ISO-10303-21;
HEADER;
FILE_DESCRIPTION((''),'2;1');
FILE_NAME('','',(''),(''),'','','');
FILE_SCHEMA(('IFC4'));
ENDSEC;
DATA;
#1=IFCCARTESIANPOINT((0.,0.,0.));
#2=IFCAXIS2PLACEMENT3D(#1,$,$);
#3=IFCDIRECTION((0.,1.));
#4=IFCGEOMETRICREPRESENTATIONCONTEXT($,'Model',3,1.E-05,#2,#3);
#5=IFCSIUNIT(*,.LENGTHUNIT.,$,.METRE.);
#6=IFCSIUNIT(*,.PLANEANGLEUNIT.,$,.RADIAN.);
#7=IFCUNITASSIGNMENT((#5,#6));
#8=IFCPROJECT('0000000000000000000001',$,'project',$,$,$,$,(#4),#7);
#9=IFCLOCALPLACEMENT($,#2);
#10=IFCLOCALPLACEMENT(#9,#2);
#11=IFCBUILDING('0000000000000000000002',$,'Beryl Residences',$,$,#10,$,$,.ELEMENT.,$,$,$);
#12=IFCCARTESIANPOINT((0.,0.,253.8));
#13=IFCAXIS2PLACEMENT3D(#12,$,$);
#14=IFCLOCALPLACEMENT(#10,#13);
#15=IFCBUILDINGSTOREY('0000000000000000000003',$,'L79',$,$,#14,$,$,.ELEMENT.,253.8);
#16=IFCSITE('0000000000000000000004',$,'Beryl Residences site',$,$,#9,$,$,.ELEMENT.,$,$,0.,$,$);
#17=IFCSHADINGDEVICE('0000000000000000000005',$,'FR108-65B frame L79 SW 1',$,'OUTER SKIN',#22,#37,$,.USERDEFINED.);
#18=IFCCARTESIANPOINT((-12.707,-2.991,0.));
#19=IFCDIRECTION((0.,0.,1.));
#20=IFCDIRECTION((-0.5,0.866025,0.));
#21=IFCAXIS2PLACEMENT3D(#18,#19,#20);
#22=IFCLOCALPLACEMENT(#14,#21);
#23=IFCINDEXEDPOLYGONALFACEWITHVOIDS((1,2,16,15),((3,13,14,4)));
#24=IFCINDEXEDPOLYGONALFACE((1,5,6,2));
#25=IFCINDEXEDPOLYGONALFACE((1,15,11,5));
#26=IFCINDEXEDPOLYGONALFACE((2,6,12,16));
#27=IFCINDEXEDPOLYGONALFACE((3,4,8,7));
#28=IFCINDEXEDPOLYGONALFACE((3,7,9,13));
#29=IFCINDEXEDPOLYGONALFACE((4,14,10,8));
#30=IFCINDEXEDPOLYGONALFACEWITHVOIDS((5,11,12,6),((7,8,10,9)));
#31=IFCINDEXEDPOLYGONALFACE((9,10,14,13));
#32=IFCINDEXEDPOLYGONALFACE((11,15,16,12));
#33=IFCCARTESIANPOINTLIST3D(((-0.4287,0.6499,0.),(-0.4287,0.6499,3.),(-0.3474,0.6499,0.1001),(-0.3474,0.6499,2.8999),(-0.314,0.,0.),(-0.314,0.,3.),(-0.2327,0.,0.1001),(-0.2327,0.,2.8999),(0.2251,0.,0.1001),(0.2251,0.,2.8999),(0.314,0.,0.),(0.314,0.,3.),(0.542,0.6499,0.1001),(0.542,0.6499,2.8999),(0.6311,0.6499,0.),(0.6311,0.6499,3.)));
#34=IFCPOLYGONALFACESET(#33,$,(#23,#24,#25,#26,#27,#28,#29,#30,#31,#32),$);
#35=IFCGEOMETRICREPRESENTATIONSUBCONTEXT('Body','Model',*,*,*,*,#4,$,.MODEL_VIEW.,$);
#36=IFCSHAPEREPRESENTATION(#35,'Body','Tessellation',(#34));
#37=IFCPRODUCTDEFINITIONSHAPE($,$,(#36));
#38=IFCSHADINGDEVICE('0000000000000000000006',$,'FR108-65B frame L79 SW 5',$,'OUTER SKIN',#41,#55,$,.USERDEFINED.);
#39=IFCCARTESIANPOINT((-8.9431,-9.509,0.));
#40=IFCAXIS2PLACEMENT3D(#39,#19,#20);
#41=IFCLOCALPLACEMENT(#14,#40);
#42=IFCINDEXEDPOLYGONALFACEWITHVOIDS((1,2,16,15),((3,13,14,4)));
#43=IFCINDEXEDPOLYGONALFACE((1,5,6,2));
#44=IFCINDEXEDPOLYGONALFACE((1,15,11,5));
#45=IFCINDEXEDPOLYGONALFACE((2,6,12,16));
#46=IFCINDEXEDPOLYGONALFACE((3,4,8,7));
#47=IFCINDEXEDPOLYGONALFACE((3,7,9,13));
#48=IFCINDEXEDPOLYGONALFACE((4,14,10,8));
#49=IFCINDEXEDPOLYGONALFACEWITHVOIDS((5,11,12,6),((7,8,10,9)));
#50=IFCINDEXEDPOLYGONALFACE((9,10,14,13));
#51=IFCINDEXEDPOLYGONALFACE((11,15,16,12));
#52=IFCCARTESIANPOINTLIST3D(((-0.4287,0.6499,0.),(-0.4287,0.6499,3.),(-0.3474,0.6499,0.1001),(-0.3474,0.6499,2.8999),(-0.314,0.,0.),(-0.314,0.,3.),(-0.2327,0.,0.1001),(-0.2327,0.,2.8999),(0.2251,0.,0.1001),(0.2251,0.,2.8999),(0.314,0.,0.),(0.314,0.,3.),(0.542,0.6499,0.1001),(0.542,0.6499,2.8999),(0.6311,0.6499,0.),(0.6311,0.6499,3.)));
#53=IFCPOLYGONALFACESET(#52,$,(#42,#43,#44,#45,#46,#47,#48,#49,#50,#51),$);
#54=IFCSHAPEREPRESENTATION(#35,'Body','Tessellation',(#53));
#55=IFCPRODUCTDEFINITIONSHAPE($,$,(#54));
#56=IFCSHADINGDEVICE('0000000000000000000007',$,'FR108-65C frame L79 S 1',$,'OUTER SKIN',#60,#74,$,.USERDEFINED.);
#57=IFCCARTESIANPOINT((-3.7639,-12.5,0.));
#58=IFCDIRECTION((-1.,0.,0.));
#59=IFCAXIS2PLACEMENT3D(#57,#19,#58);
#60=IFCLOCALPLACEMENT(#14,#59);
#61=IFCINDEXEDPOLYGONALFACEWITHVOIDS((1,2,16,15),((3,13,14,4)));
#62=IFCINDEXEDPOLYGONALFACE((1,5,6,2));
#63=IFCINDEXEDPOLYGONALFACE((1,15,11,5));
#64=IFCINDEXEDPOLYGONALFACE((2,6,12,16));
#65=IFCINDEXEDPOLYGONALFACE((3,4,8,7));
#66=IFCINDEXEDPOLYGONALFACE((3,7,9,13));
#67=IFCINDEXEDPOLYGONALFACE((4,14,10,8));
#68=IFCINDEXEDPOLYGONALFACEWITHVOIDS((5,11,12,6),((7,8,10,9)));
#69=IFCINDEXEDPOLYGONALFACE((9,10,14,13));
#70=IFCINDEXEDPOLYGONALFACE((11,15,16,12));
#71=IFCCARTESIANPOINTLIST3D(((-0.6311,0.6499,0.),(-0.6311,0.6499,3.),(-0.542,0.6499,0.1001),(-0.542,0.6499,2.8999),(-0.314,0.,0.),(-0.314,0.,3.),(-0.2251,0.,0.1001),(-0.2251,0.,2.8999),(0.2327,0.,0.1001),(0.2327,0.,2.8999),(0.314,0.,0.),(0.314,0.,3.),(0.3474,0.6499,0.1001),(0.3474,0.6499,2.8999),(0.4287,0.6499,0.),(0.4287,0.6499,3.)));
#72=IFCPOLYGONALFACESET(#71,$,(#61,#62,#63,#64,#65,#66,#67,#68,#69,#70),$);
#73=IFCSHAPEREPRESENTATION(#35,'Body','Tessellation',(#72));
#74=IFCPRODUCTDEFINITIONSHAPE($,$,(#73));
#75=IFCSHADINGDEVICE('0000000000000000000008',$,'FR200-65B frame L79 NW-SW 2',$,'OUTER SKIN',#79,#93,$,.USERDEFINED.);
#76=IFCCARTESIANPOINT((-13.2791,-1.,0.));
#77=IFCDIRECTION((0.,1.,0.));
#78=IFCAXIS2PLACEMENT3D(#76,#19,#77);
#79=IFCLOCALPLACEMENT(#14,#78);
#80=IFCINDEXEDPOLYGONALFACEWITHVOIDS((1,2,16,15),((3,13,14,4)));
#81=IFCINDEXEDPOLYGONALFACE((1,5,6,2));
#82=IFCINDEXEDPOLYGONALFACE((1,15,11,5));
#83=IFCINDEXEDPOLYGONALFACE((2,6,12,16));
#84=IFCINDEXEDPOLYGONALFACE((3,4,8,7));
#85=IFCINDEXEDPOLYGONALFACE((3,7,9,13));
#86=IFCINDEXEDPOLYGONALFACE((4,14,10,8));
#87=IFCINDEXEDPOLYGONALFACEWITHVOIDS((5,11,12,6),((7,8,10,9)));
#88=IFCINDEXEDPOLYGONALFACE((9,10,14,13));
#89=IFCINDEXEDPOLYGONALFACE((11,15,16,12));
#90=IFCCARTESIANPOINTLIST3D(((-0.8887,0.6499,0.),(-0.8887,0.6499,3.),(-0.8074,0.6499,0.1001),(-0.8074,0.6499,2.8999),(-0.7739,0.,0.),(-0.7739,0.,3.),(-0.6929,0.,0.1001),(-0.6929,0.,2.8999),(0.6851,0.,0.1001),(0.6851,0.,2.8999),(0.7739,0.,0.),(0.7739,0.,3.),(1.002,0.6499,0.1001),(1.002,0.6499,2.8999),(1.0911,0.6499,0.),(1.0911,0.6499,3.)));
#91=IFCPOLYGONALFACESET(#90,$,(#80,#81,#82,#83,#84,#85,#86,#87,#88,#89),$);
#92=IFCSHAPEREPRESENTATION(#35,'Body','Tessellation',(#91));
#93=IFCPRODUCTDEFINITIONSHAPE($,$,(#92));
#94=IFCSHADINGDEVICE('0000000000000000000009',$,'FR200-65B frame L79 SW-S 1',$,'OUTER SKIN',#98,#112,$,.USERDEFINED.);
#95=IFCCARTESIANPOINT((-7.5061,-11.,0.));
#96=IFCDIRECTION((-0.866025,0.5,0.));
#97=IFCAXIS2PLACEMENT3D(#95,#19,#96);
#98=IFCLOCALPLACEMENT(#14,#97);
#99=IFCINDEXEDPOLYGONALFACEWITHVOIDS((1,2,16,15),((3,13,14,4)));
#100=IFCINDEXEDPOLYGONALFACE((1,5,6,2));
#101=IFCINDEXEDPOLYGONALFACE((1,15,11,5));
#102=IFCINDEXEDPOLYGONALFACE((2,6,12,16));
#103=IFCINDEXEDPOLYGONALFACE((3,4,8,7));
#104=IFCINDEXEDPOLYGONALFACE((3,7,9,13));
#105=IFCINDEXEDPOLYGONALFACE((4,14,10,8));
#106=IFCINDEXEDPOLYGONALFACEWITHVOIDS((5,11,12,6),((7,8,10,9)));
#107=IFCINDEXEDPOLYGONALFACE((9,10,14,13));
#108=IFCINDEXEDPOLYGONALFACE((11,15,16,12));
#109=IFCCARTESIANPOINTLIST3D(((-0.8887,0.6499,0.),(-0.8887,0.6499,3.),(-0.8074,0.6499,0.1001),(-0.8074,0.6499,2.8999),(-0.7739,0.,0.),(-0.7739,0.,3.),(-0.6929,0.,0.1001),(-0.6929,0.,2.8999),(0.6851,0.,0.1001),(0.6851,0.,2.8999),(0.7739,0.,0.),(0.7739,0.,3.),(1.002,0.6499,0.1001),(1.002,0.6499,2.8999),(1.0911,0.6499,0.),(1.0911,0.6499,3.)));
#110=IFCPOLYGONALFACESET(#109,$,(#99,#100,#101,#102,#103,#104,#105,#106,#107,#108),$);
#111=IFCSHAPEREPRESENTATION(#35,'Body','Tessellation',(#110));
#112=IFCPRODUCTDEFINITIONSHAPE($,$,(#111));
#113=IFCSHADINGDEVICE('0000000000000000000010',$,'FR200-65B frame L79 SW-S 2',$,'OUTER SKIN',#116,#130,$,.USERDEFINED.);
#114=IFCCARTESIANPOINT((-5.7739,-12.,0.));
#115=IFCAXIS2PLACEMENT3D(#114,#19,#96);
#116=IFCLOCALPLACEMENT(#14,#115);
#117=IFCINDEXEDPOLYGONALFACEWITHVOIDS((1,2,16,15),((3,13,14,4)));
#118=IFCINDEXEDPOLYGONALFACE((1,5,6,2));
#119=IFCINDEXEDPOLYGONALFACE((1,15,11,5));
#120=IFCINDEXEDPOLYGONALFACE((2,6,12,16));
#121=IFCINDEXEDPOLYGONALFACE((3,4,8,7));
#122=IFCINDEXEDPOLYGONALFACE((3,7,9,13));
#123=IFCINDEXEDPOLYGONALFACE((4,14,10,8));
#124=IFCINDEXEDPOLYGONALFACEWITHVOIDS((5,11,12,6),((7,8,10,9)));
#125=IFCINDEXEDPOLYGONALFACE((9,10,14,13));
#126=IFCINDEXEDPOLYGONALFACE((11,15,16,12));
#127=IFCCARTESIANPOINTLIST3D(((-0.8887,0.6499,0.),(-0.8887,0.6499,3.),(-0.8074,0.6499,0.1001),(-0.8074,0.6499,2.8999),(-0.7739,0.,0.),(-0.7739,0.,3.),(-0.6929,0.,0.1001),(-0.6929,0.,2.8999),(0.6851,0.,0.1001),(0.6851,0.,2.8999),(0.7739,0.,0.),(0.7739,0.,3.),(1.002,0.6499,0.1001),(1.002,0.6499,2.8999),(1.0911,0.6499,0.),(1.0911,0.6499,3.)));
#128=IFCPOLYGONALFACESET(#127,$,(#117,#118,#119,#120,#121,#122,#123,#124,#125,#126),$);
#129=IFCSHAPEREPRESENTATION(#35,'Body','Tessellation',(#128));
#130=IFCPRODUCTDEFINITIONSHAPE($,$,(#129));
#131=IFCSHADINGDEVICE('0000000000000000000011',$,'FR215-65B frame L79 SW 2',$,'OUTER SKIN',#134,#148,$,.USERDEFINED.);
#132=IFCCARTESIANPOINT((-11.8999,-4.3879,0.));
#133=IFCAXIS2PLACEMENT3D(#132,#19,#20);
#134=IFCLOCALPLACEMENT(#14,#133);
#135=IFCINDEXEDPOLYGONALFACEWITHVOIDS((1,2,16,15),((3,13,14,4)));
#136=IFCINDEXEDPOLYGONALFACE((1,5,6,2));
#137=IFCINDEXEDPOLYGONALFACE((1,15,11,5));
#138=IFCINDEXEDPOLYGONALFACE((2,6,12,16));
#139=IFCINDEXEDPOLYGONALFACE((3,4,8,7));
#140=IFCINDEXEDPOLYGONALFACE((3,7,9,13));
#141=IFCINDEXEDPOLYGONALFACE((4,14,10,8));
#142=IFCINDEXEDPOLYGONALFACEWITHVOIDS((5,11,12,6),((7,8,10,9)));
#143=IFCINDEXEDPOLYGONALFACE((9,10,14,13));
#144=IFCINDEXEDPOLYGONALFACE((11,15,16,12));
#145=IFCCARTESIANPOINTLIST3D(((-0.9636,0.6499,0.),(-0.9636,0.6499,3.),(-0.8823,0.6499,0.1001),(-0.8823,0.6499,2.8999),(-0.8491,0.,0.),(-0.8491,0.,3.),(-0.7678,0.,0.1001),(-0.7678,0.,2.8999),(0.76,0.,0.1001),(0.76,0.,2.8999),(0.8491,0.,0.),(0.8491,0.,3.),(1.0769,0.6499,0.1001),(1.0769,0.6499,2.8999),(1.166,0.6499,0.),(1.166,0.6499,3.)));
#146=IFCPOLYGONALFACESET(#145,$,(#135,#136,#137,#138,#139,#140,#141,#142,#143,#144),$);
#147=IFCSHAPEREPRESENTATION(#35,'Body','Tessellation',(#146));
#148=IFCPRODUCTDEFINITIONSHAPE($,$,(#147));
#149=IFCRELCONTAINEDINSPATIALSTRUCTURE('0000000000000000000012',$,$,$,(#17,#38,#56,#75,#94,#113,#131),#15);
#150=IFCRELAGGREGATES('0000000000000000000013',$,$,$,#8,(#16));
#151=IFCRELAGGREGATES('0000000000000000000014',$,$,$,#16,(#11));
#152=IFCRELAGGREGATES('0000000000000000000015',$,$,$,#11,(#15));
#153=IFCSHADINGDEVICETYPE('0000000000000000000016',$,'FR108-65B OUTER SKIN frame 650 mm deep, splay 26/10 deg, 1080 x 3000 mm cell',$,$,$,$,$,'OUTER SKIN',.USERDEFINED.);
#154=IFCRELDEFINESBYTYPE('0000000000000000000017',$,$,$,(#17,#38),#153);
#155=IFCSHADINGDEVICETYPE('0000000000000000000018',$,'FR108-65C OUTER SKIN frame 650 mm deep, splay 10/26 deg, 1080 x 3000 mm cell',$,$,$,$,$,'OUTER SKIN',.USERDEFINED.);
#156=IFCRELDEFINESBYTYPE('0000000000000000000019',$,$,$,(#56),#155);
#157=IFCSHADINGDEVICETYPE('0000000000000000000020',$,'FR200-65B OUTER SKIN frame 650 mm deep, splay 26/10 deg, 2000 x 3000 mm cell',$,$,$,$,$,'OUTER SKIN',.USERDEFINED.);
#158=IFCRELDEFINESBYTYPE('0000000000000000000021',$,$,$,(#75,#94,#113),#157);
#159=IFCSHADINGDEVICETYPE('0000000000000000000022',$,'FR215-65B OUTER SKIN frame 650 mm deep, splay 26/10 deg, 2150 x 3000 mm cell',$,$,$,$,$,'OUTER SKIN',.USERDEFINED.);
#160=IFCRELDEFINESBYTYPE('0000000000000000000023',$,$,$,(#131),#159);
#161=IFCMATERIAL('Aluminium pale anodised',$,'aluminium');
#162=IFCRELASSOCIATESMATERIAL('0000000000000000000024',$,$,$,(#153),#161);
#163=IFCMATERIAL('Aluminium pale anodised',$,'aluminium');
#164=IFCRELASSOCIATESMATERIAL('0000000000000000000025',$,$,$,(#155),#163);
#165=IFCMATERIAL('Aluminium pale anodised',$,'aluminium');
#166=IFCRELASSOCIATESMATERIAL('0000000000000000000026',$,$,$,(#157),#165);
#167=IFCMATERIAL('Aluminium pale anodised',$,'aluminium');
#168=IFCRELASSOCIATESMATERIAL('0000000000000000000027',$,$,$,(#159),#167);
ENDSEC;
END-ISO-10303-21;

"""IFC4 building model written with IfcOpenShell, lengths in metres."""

from ifc_helpers import new_model, entity, si_unit, direction, frame, origin, place, context, subcontext, project, spatial, source, transform, mapped, material, type_object, type_shapes, element, save


model = new_model("IFC4")

# Units and contexts
model_context = context("Model", 3, precision=1e-05, world=origin(), true_north=direction((0.0, 1.0)))
body_context = subcontext(model_context, "Body", "Model", "MODEL_VIEW")
ifc_project = project(units=[si_unit("LENGTHUNIT", "METRE"), si_unit("PLANEANGLEUNIT", "RADIAN")], contexts=[model_context])

# Site, building, storey
site_placement = place(None, origin())
site = spatial("IfcSite", under=ifc_project, at=site_placement, Name="Beryl Residences site", CompositionType="ELEMENT", RefElevation=0.0)
building_placement = place(site_placement, origin())
building = spatial("IfcBuilding", under=site, at=building_placement, Name="Beryl Residences", CompositionType="ELEMENT")
storey_placement = place(building_placement, frame((0.0, 0.0, 253.8)))
storey = spatial("IfcBuildingStorey", under=building, at=storey_placement, Name="L79", CompositionType="ELEMENT", Elevation=253.8)

# Shading devices
ifc_material_1 = material(Name="Aluminium pale anodised", Category="aluminium")
shading_device_type_1 = type_object("IfcShadingDeviceType", Name="FR108-65B OUTER SKIN frame 650 mm deep, splay 26/10 deg, 1080 x 3000 mm cell", ElementType="OUTER SKIN", PredefinedType="USERDEFINED", material=ifc_material_1)
cartesian_point_1 = entity("IfcCartesianPoint", [-0.314, 0.0])
cartesian_point_2 = entity("IfcCartesianPoint", [-0.2251, 0.1001])
cartesian_point_3 = entity("IfcCartesianPoint", [-0.6311, 0.0])
cartesian_point_4 = entity("IfcCartesianPoint", [-0.542, 0.1001])
shared_shape_1 = source(origin(), body_context, "Body", "SweptSolid", [
    entity("IfcExtrudedAreaSolidTapered", entity("IfcArbitraryProfileDefWithVoids", "AREA", None, entity("IfcPolyline", [cartesian_point_1, entity("IfcCartesianPoint", [0.314, 0.0]), entity("IfcCartesianPoint", [0.314, 3.0]), entity("IfcCartesianPoint", [-0.314, 3.0]), cartesian_point_1]), [entity("IfcPolyline", [cartesian_point_2, entity("IfcCartesianPoint", [0.2327, 0.1001]), entity("IfcCartesianPoint", [0.2327, 2.8999]), entity("IfcCartesianPoint", [-0.2251, 2.8999]), cartesian_point_2])]), entity("IfcAxis2Placement3D", entity("IfcCartesianPoint", [0.0, 0.0, 0.0]), entity("IfcDirection", [0.0, 1.0, 0.0]), entity("IfcDirection", [-1.0, 0.0, 0.0])), entity("IfcDirection", [0.0, 0.0, 1.0]), 0.6499, entity("IfcArbitraryProfileDefWithVoids", "AREA", None, entity("IfcPolyline", [cartesian_point_3, entity("IfcCartesianPoint", [0.4287, 0.0]), entity("IfcCartesianPoint", [0.4287, 3.0]), entity("IfcCartesianPoint", [-0.6311, 3.0]), cartesian_point_3]), [entity("IfcPolyline", [cartesian_point_4, entity("IfcCartesianPoint", [0.3474, 0.1001]), entity("IfcCartesianPoint", [0.3474, 2.8999]), entity("IfcCartesianPoint", [-0.542, 2.8999]), cartesian_point_4])])),
])
type_shapes(shading_device_type_1, [shared_shape_1])
for number, where, z_axis, x_axis, name in (
    (1, (-12.707, -2.991, 0.0), (0.0, 0.0, 1.0), (-0.5, 0.866025, 0.0), "FR108-65B frame L79 SW 1"),
    (2, (-8.9431, -9.509, 0.0), (0.0, 0.0, 1.0), (-0.5, 0.866025, 0.0), "FR108-65B frame L79 SW 5"),
):
    element("IfcShadingDevice", number, at=place(storey_placement, frame(where, z_axis=z_axis, x_axis=x_axis)), inside=storey, type_object=shading_device_type_1, Name=name, ObjectType="OUTER SKIN", PredefinedType="USERDEFINED", context=body_context, shape_type="MappedRepresentation", body=[
        mapped(shared_shape_1, transform((0.0, 0.0, 0.0))),
    ])
ifc_material_2 = material(Name="Aluminium pale anodised", Category="aluminium")
shading_device_type_2 = type_object("IfcShadingDeviceType", Name="FR108-65C OUTER SKIN frame 650 mm deep, splay 10/26 deg, 1080 x 3000 mm cell", ElementType="OUTER SKIN", PredefinedType="USERDEFINED", material=ifc_material_2)
cartesian_point_5 = entity("IfcCartesianPoint", [-0.314, 0.0])
cartesian_point_6 = entity("IfcCartesianPoint", [-0.2327, 0.1001])
cartesian_point_7 = entity("IfcCartesianPoint", [-0.4287, 0.0])
cartesian_point_8 = entity("IfcCartesianPoint", [-0.3474, 0.1001])
shared_shape_2 = source(origin(), body_context, "Body", "SweptSolid", [
    entity("IfcExtrudedAreaSolidTapered", entity("IfcArbitraryProfileDefWithVoids", "AREA", None, entity("IfcPolyline", [cartesian_point_5, entity("IfcCartesianPoint", [0.314, 0.0]), entity("IfcCartesianPoint", [0.314, 3.0]), entity("IfcCartesianPoint", [-0.314, 3.0]), cartesian_point_5]), [entity("IfcPolyline", [cartesian_point_6, entity("IfcCartesianPoint", [0.2251, 0.1001]), entity("IfcCartesianPoint", [0.2251, 2.8999]), entity("IfcCartesianPoint", [-0.2327, 2.8999]), cartesian_point_6])]), entity("IfcAxis2Placement3D", entity("IfcCartesianPoint", [0.0, 0.0, 0.0]), entity("IfcDirection", [0.0, 1.0, 0.0]), entity("IfcDirection", [-1.0, 0.0, 0.0])), entity("IfcDirection", [0.0, 0.0, 1.0]), 0.6499, entity("IfcArbitraryProfileDefWithVoids", "AREA", None, entity("IfcPolyline", [cartesian_point_7, entity("IfcCartesianPoint", [0.6311, 0.0]), entity("IfcCartesianPoint", [0.6311, 3.0]), entity("IfcCartesianPoint", [-0.4287, 3.0]), cartesian_point_7]), [entity("IfcPolyline", [cartesian_point_8, entity("IfcCartesianPoint", [0.542, 0.1001]), entity("IfcCartesianPoint", [0.542, 2.8999]), entity("IfcCartesianPoint", [-0.3474, 2.8999]), cartesian_point_8])])),
])
type_shapes(shading_device_type_2, [shared_shape_2])
shading_device_placement = place(storey_placement, frame((-3.7639, -12.5, 0.0), z_axis=(0.0, 0.0, 1.0), x_axis=(-1.0, 0.0, 0.0)))
element("IfcShadingDevice", 3, at=shading_device_placement, inside=storey, type_object=shading_device_type_2, Name="FR108-65C frame L79 S 1", ObjectType="OUTER SKIN", PredefinedType="USERDEFINED", context=body_context, shape_type="MappedRepresentation", body=[
    mapped(shared_shape_2, transform((0.0, 0.0, 0.0))),
])
ifc_material_3 = material(Name="Aluminium pale anodised", Category="aluminium")
shading_device_type_3 = type_object("IfcShadingDeviceType", Name="FR200-65B OUTER SKIN frame 650 mm deep, splay 26/10 deg, 2000 x 3000 mm cell", ElementType="OUTER SKIN", PredefinedType="USERDEFINED", material=ifc_material_3)
cartesian_point_9 = entity("IfcCartesianPoint", [-0.7739, 0.0])
cartesian_point_10 = entity("IfcCartesianPoint", [-0.6851, 0.1001])
cartesian_point_11 = entity("IfcCartesianPoint", [-1.0911, 0.0])
cartesian_point_12 = entity("IfcCartesianPoint", [-1.002, 0.1001])
shared_shape_3 = source(origin(), body_context, "Body", "SweptSolid", [
    entity("IfcExtrudedAreaSolidTapered", entity("IfcArbitraryProfileDefWithVoids", "AREA", None, entity("IfcPolyline", [cartesian_point_9, entity("IfcCartesianPoint", [0.7739, 0.0]), entity("IfcCartesianPoint", [0.7739, 3.0]), entity("IfcCartesianPoint", [-0.7739, 3.0]), cartesian_point_9]), [entity("IfcPolyline", [cartesian_point_10, entity("IfcCartesianPoint", [0.6929, 0.1001]), entity("IfcCartesianPoint", [0.6929, 2.8999]), entity("IfcCartesianPoint", [-0.6851, 2.8999]), cartesian_point_10])]), entity("IfcAxis2Placement3D", entity("IfcCartesianPoint", [0.0, 0.0, 0.0]), entity("IfcDirection", [0.0, 1.0, 0.0]), entity("IfcDirection", [-1.0, 0.0, 0.0])), entity("IfcDirection", [0.0, 0.0, 1.0]), 0.6499, entity("IfcArbitraryProfileDefWithVoids", "AREA", None, entity("IfcPolyline", [cartesian_point_11, entity("IfcCartesianPoint", [0.8887, 0.0]), entity("IfcCartesianPoint", [0.8887, 3.0]), entity("IfcCartesianPoint", [-1.0911, 3.0]), cartesian_point_11]), [entity("IfcPolyline", [cartesian_point_12, entity("IfcCartesianPoint", [0.8074, 0.1001]), entity("IfcCartesianPoint", [0.8074, 2.8999]), entity("IfcCartesianPoint", [-1.002, 2.8999]), cartesian_point_12])])),
])
type_shapes(shading_device_type_3, [shared_shape_3])
for number, where, z_axis, x_axis, name in (
    (4, (-13.2791, -1.0, 0.0), (0.0, 0.0, 1.0), (0.0, 1.0, 0.0), "FR200-65B frame L79 NW-SW 2"),
    (5, (-7.5061, -11.0, 0.0), (0.0, 0.0, 1.0), (-0.866025, 0.5, 0.0), "FR200-65B frame L79 SW-S 1"),
    (6, (-5.7739, -12.0, 0.0), (0.0, 0.0, 1.0), (-0.866025, 0.5, 0.0), "FR200-65B frame L79 SW-S 2"),
):
    element("IfcShadingDevice", number, at=place(storey_placement, frame(where, z_axis=z_axis, x_axis=x_axis)), inside=storey, type_object=shading_device_type_3, Name=name, ObjectType="OUTER SKIN", PredefinedType="USERDEFINED", context=body_context, shape_type="MappedRepresentation", body=[
        mapped(shared_shape_3, transform((0.0, 0.0, 0.0))),
    ])
ifc_material_4 = material(Name="Aluminium pale anodised", Category="aluminium")
shading_device_type_4 = type_object("IfcShadingDeviceType", Name="FR215-65B OUTER SKIN frame 650 mm deep, splay 26/10 deg, 2150 x 3000 mm cell", ElementType="OUTER SKIN", PredefinedType="USERDEFINED", material=ifc_material_4)
cartesian_point_13 = entity("IfcCartesianPoint", [-0.8491, 0.0])
cartesian_point_14 = entity("IfcCartesianPoint", [-0.76, 0.1001])
cartesian_point_15 = entity("IfcCartesianPoint", [-1.166, 0.0])
cartesian_point_16 = entity("IfcCartesianPoint", [-1.0769, 0.1001])
shared_shape_4 = source(origin(), body_context, "Body", "SweptSolid", [
    entity("IfcExtrudedAreaSolidTapered", entity("IfcArbitraryProfileDefWithVoids", "AREA", None, entity("IfcPolyline", [cartesian_point_13, entity("IfcCartesianPoint", [0.8491, 0.0]), entity("IfcCartesianPoint", [0.8491, 3.0]), entity("IfcCartesianPoint", [-0.8491, 3.0]), cartesian_point_13]), [entity("IfcPolyline", [cartesian_point_14, entity("IfcCartesianPoint", [0.7678, 0.1001]), entity("IfcCartesianPoint", [0.7678, 2.8999]), entity("IfcCartesianPoint", [-0.76, 2.8999]), cartesian_point_14])]), entity("IfcAxis2Placement3D", entity("IfcCartesianPoint", [0.0, 0.0, 0.0]), entity("IfcDirection", [0.0, 1.0, 0.0]), entity("IfcDirection", [-1.0, 0.0, 0.0])), entity("IfcDirection", [0.0, 0.0, 1.0]), 0.6499, entity("IfcArbitraryProfileDefWithVoids", "AREA", None, entity("IfcPolyline", [cartesian_point_15, entity("IfcCartesianPoint", [0.9636, 0.0]), entity("IfcCartesianPoint", [0.9636, 3.0]), entity("IfcCartesianPoint", [-1.166, 3.0]), cartesian_point_15]), [entity("IfcPolyline", [cartesian_point_16, entity("IfcCartesianPoint", [0.8823, 0.1001]), entity("IfcCartesianPoint", [0.8823, 2.8999]), entity("IfcCartesianPoint", [-1.0769, 2.8999]), cartesian_point_16])])),
])
type_shapes(shading_device_type_4, [shared_shape_4])
for number, where, z_axis, x_axis, name in (
    (7, (-11.8999, -4.3879, 0.0), (0.0, 0.0, 1.0), (-0.5, 0.866025, 0.0), "FR215-65B frame L79 SW 2"),
):
    element("IfcShadingDevice", number, at=place(storey_placement, frame(where, z_axis=z_axis, x_axis=x_axis)), inside=storey, type_object=shading_device_type_4, Name=name, ObjectType="OUTER SKIN", PredefinedType="USERDEFINED", context=body_context, shape_type="MappedRepresentation", body=[
        mapped(shared_shape_4, transform((0.0, 0.0, 0.0))),
    ])

save(model, "model.ifc")
